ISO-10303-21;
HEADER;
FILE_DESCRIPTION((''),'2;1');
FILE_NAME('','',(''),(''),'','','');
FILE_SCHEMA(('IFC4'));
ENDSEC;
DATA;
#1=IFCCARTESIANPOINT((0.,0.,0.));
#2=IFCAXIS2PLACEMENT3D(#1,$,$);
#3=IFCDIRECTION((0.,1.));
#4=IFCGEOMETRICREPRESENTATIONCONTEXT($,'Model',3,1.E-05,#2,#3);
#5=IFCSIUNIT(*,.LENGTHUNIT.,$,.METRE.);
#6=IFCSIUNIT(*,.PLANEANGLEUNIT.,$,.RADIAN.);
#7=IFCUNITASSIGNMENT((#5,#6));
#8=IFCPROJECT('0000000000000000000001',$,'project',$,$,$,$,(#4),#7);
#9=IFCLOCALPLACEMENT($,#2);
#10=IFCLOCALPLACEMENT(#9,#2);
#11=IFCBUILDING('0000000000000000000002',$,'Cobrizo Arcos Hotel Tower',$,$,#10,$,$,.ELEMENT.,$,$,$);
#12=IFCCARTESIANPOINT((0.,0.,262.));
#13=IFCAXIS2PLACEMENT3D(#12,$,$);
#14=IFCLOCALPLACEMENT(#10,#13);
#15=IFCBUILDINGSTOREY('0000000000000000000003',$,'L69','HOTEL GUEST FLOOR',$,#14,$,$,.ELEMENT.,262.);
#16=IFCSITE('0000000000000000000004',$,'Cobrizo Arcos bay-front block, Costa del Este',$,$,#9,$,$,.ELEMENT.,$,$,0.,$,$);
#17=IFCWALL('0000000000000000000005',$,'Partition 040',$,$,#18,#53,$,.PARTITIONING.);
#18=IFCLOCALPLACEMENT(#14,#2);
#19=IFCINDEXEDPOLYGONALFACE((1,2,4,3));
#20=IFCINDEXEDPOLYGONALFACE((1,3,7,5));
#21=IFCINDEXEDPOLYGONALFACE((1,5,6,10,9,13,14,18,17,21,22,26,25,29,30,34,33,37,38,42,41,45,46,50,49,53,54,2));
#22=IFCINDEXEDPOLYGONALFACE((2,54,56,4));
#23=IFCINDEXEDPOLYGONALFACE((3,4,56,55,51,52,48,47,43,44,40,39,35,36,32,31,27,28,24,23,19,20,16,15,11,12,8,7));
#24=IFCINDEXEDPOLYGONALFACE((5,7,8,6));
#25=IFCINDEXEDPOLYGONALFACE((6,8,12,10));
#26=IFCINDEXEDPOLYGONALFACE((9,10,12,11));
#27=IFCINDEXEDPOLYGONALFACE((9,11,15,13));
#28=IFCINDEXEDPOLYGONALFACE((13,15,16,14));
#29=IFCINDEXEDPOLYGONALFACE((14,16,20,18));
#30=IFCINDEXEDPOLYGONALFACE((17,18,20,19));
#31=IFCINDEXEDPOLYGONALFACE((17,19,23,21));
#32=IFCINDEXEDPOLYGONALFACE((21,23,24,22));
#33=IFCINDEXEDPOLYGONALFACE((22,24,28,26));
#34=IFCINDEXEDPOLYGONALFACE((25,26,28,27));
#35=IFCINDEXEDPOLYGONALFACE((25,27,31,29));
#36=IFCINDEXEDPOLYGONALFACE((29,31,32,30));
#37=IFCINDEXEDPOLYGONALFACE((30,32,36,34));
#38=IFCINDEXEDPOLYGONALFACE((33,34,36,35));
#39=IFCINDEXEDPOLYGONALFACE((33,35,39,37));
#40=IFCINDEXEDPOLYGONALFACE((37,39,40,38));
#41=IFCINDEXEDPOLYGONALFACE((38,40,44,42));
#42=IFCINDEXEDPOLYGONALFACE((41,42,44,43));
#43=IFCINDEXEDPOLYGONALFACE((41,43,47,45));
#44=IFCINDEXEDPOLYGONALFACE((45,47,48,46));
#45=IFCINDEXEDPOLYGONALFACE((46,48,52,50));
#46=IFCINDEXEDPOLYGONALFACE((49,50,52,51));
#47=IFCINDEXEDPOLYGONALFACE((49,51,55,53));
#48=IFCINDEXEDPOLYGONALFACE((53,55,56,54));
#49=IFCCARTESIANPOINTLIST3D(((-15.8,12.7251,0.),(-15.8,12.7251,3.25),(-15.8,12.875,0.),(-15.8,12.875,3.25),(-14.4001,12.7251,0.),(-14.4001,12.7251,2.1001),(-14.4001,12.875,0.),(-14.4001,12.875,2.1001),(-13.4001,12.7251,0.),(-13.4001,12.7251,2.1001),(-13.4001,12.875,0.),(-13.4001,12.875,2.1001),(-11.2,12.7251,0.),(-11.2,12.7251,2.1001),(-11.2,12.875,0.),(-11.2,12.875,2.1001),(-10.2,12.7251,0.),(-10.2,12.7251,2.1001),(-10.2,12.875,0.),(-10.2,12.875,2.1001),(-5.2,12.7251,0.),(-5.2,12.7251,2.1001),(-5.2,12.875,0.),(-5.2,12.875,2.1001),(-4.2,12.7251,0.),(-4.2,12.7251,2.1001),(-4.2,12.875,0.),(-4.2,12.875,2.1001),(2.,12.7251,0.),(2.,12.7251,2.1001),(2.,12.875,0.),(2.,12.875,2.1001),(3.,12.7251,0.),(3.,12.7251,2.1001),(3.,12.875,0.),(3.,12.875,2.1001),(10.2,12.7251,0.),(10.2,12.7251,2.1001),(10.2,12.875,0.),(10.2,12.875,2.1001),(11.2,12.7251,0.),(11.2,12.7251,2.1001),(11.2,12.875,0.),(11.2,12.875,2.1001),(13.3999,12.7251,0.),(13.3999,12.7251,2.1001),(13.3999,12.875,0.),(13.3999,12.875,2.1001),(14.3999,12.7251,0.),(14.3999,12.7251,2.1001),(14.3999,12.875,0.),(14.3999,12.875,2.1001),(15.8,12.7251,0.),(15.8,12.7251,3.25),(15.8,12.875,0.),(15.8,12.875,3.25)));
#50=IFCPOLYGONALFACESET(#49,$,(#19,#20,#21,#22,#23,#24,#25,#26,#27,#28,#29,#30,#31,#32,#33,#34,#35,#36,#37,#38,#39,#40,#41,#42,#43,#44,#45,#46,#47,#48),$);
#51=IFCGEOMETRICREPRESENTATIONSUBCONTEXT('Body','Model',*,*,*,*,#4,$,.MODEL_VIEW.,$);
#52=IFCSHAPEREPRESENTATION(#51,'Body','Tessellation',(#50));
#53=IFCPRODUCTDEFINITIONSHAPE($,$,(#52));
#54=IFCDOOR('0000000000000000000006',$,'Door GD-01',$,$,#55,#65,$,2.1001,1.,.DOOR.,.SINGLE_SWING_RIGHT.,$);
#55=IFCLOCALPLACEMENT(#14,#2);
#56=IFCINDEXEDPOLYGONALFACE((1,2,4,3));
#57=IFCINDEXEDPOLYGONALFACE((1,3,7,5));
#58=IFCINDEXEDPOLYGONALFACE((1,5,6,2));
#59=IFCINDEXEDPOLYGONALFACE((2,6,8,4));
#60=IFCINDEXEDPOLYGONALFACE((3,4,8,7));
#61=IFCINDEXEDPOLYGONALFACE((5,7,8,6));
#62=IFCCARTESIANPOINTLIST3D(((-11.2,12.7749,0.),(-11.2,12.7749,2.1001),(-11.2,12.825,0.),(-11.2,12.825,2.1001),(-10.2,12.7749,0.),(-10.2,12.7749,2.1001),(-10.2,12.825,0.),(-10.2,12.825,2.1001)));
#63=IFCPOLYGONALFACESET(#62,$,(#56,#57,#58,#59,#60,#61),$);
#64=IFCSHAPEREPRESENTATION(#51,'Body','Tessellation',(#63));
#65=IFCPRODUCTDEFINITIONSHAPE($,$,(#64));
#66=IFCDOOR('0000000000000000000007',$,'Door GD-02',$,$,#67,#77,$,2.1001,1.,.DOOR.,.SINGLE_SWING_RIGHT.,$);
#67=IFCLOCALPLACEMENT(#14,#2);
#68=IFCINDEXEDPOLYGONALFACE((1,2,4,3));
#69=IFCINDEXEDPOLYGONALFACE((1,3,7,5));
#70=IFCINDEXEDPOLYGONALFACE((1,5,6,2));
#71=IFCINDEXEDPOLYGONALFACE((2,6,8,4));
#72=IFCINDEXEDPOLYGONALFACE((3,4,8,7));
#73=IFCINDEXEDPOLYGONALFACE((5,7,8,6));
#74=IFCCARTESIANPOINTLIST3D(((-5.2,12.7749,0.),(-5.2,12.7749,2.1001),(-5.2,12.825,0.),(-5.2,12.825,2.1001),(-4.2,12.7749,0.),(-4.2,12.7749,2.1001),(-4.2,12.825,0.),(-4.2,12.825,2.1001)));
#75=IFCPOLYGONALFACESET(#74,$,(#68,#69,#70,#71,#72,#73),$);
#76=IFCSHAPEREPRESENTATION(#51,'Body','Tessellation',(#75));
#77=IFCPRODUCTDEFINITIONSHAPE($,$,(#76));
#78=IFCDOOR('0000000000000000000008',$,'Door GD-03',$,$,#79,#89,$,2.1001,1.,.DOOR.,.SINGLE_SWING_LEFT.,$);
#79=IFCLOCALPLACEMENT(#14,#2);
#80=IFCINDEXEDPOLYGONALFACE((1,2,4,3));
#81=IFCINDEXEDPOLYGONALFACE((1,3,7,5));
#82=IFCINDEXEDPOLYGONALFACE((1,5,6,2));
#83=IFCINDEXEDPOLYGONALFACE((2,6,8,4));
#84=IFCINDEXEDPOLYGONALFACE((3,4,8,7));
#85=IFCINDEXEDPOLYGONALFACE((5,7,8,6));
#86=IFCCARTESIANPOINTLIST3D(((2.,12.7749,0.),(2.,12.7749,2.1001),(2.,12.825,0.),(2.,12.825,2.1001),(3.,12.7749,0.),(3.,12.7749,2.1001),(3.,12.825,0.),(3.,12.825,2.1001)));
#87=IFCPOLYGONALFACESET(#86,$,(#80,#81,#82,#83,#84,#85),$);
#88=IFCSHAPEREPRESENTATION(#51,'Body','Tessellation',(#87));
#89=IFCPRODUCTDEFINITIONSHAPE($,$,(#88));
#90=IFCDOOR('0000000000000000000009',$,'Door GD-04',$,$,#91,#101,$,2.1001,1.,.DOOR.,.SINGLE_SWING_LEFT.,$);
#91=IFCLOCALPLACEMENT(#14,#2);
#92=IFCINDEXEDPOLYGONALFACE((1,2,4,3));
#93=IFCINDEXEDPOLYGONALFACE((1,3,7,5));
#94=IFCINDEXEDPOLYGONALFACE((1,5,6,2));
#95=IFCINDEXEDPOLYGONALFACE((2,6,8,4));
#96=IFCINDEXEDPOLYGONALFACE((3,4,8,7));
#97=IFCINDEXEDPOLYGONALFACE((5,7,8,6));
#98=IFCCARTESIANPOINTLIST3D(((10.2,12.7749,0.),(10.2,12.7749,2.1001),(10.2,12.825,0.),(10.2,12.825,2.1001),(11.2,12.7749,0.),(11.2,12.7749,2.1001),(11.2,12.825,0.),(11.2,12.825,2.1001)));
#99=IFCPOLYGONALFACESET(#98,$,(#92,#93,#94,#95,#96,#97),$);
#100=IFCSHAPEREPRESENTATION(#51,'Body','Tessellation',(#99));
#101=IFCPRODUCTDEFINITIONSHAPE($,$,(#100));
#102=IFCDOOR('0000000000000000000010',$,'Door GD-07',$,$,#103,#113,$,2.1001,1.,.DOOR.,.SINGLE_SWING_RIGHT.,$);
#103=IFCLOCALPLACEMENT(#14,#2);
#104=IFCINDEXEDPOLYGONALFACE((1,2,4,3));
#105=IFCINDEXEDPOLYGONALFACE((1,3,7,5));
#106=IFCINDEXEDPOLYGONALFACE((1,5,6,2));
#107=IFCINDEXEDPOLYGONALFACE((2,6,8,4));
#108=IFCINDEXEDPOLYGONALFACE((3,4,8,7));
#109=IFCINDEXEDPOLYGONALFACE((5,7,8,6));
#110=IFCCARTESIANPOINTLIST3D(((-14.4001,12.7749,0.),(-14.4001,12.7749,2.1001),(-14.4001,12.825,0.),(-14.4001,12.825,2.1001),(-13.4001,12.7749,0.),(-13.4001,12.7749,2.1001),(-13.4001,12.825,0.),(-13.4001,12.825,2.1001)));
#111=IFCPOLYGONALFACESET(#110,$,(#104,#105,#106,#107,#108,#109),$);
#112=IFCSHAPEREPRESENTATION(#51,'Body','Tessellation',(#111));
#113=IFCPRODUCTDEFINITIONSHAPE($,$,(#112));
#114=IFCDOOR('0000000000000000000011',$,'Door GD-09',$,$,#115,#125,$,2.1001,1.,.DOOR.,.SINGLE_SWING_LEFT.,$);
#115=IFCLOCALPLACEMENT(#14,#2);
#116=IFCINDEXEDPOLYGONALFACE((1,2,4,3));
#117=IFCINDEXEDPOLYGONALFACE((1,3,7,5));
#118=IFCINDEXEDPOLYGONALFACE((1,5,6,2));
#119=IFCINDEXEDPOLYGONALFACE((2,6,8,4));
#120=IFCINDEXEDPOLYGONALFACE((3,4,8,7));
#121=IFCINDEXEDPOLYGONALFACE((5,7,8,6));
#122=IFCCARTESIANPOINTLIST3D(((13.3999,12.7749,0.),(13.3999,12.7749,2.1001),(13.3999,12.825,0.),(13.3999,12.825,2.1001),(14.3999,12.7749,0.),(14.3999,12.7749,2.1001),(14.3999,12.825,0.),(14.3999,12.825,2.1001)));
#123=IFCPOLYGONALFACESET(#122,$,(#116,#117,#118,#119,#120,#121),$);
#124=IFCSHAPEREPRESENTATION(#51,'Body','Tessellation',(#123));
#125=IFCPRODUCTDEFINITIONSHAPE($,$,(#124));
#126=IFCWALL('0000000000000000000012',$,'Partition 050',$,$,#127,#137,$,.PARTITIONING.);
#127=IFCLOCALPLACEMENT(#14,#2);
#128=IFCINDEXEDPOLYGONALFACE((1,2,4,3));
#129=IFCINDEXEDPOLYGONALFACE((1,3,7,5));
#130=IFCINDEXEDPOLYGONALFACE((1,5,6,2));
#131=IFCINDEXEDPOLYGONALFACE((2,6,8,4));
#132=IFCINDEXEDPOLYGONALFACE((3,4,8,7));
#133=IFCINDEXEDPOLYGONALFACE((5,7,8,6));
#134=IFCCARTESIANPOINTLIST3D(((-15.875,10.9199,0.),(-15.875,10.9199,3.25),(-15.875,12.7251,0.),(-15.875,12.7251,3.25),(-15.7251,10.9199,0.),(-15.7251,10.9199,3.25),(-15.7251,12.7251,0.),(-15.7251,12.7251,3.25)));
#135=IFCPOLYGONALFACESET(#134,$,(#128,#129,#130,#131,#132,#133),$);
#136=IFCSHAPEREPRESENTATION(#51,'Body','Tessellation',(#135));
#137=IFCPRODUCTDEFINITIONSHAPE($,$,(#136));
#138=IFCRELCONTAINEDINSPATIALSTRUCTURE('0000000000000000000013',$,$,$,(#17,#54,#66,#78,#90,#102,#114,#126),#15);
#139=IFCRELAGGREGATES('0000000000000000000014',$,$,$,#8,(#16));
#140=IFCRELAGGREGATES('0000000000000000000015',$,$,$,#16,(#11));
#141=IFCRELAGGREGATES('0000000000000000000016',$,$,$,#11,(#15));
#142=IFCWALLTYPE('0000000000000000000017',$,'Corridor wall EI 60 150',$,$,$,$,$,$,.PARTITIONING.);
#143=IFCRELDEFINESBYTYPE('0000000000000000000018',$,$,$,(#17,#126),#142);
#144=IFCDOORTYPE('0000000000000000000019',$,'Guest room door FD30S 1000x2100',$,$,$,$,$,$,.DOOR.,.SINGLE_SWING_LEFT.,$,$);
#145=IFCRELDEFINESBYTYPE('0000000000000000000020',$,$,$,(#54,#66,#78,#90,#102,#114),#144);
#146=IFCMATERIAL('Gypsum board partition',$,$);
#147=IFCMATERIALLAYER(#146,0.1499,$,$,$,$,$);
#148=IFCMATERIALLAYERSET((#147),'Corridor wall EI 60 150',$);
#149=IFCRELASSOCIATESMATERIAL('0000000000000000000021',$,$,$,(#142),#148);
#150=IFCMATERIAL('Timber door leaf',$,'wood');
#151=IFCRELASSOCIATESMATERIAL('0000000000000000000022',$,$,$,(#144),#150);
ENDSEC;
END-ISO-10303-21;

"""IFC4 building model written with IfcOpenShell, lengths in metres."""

from ifc_helpers import new_model, si_unit, direction, frame, frame_2d, origin, place, context, subcontext, project, spatial, rectangle, extrude, material, layer, layer_set, type_object, element, fill, save


model = new_model("IFC4")

# Units and contexts
model_context = context("Model", 3, precision=1e-05, world=origin(), true_north=direction((0.0, 1.0)))
body_context = subcontext(model_context, "Body", "Model", "MODEL_VIEW")
ifc_project = project(units=[si_unit("LENGTHUNIT", "METRE"), si_unit("PLANEANGLEUNIT", "RADIAN")], contexts=[model_context])

# Site, building, storey
site_placement = place(None, origin())
site = spatial("IfcSite", under=ifc_project, at=site_placement, Name="Cobrizo Arcos bay-front block, Costa del Este", CompositionType="ELEMENT", RefElevation=0.0)
building_placement = place(site_placement, origin())
building = spatial("IfcBuilding", under=site, at=building_placement, Name="Cobrizo Arcos Hotel Tower", CompositionType="ELEMENT")
storey_placement = place(building_placement, frame((0.0, 0.0, 262.0)))
storey = spatial("IfcBuildingStorey", under=building, at=storey_placement, Name="L69", Description="HOTEL GUEST FLOOR", CompositionType="ELEMENT", Elevation=262.0)

# Wall, openings, doors
ifc_material_1 = material(Name="Gypsum board partition")
ifc_layer_1 = layer(ifc_material_1, 0.1499)
ifc_layer_set_1 = layer_set([ifc_layer_1], Name="Corridor wall EI 60 150")
wall_type_1 = type_object("IfcWallType", Name="Corridor wall EI 60 150", PredefinedType="PARTITIONING", material=ifc_layer_set_1)
wall_1_placement = place(storey_placement, frame((-15.8, 12.8, 0.0), z_axis=(0.0, 0.0, 1.0), x_axis=(1.0, 0.0, 0.0)))
wall_1 = element("IfcWall", 1, at=wall_1_placement, inside=storey, type_object=wall_type_1, Name="Partition 040", PredefinedType="PARTITIONING", context=body_context, shape_type="SweptSolid", body=[
    extrude(rectangle(XDim=31.6001, YDim=0.1499, at=frame_2d((15.8, 0.0))), origin(), (0.0, 0.0, 1.0), 3.25),
])
opening_1_placement = place(wall_1_placement, frame((4.6001, 0.0, 0.0)))
opening_1 = element("IfcOpeningElement", 2, at=opening_1_placement, cuts=wall_1, PredefinedType="OPENING", context=body_context, shape_type="SweptSolid", body=[
    extrude(rectangle(XDim=1.0, YDim=2.1001, at=frame_2d((0.5, 1.05))), frame((0.0, 0.0869, 0.0), z_axis=(0.0, -1.0, 0.0), x_axis=(1.0, 0.0, 0.0)), (0.0, 0.0, 1.0), 0.1738),
])
opening_2_placement = place(wall_1_placement, frame((10.6001, 0.0, 0.0)))
opening_2 = element("IfcOpeningElement", 3, at=opening_2_placement, cuts=wall_1, PredefinedType="OPENING", context=body_context, shape_type="SweptSolid", body=[
    extrude(rectangle(XDim=1.0, YDim=2.1001, at=frame_2d((0.5, 1.05))), frame((0.0, 0.0869, 0.0), z_axis=(0.0, -1.0, 0.0), x_axis=(1.0, 0.0, 0.0)), (0.0, 0.0, 1.0), 0.1738),
])
opening_3_placement = place(wall_1_placement, frame((17.8, 0.0, 0.0)))
opening_3 = element("IfcOpeningElement", 4, at=opening_3_placement, cuts=wall_1, PredefinedType="OPENING", context=body_context, shape_type="SweptSolid", body=[
    extrude(rectangle(XDim=1.0, YDim=2.1001, at=frame_2d((0.5, 1.05))), frame((0.0, 0.0869, 0.0), z_axis=(0.0, -1.0, 0.0), x_axis=(1.0, 0.0, 0.0)), (0.0, 0.0, 1.0), 0.1738),
])
opening_4_placement = place(wall_1_placement, frame((26.0, 0.0, 0.0)))
opening_4 = element("IfcOpeningElement", 5, at=opening_4_placement, cuts=wall_1, PredefinedType="OPENING", context=body_context, shape_type="SweptSolid", body=[
    extrude(rectangle(XDim=1.0, YDim=2.1001, at=frame_2d((0.5, 1.05))), frame((0.0, 0.0869, 0.0), z_axis=(0.0, -1.0, 0.0), x_axis=(1.0, 0.0, 0.0)), (0.0, 0.0, 1.0), 0.1738),
])
opening_5_placement = place(wall_1_placement, frame((1.3999, 0.0, 0.0)))
opening_5 = element("IfcOpeningElement", 6, at=opening_5_placement, cuts=wall_1, PredefinedType="OPENING", context=body_context, shape_type="SweptSolid", body=[
    extrude(rectangle(XDim=1.0, YDim=2.1001, at=frame_2d((0.5, 1.05))), frame((0.0, 0.0869, 0.0), z_axis=(0.0, -1.0, 0.0), x_axis=(1.0, 0.0, 0.0)), (0.0, 0.0, 1.0), 0.1738),
])
opening_6_placement = place(wall_1_placement, frame((29.2, 0.0, 0.0)))
opening_6 = element("IfcOpeningElement", 7, at=opening_6_placement, cuts=wall_1, PredefinedType="OPENING", context=body_context, shape_type="SweptSolid", body=[
    extrude(rectangle(XDim=1.0, YDim=2.1001, at=frame_2d((0.5, 1.05))), frame((0.0, 0.0869, 0.0), z_axis=(0.0, -1.0, 0.0), x_axis=(1.0, 0.0, 0.0)), (0.0, 0.0, 1.0), 0.1738),
])
ifc_material_2 = material(Name="Timber door leaf", Category="wood")
door_type = type_object("IfcDoorType", Name="Guest room door FD30S 1000x2100", OperationType="SINGLE_SWING_LEFT", PredefinedType="DOOR", material=ifc_material_2)
door_1_placement = place(opening_1_placement, origin())
door_1 = element("IfcDoor", 8, at=door_1_placement, inside=storey, type_object=door_type, Name="Door GD-01", OperationType="SINGLE_SWING_RIGHT", OverallHeight=2.1001, OverallWidth=1.0, PredefinedType="DOOR", context=body_context, shape_type="SweptSolid", body=[
    extrude(rectangle(XDim=1.0, YDim=2.1001, at=frame_2d((0.5, 1.05))), frame((0.0, 0.0249, 0.0), z_axis=(0.0, -1.0, 0.0), x_axis=(1.0, 0.0, 0.0)), (0.0, 0.0, 1.0), 0.05),
])
fill(opening_1, door_1)
door_2_placement = place(opening_2_placement, origin())
door_2 = element("IfcDoor", 9, at=door_2_placement, inside=storey, type_object=door_type, Name="Door GD-02", OperationType="SINGLE_SWING_RIGHT", OverallHeight=2.1001, OverallWidth=1.0, PredefinedType="DOOR", context=body_context, shape_type="SweptSolid", body=[
    extrude(rectangle(XDim=1.0, YDim=2.1001, at=frame_2d((0.5, 1.05))), frame((0.0, 0.0249, 0.0), z_axis=(0.0, -1.0, 0.0), x_axis=(1.0, 0.0, 0.0)), (0.0, 0.0, 1.0), 0.05),
])
fill(opening_2, door_2)
door_3_placement = place(opening_3_placement, origin())
door_3 = element("IfcDoor", 10, at=door_3_placement, inside=storey, type_object=door_type, Name="Door GD-03", OperationType="SINGLE_SWING_LEFT", OverallHeight=2.1001, OverallWidth=1.0, PredefinedType="DOOR", context=body_context, shape_type="SweptSolid", body=[
    extrude(rectangle(XDim=1.0, YDim=2.1001, at=frame_2d((0.5, 1.05))), frame((0.0, 0.0249, 0.0), z_axis=(0.0, -1.0, 0.0), x_axis=(1.0, 0.0, 0.0)), (0.0, 0.0, 1.0), 0.05),
])
fill(opening_3, door_3)
door_4_placement = place(opening_4_placement, origin())
door_4 = element("IfcDoor", 11, at=door_4_placement, inside=storey, type_object=door_type, Name="Door GD-04", OperationType="SINGLE_SWING_LEFT", OverallHeight=2.1001, OverallWidth=1.0, PredefinedType="DOOR", context=body_context, shape_type="SweptSolid", body=[
    extrude(rectangle(XDim=1.0, YDim=2.1001, at=frame_2d((0.5, 1.05))), frame((0.0, 0.0249, 0.0), z_axis=(0.0, -1.0, 0.0), x_axis=(1.0, 0.0, 0.0)), (0.0, 0.0, 1.0), 0.05),
])
fill(opening_4, door_4)
door_5_placement = place(opening_5_placement, origin())
door_5 = element("IfcDoor", 12, at=door_5_placement, inside=storey, type_object=door_type, Name="Door GD-07", OperationType="SINGLE_SWING_RIGHT", OverallHeight=2.1001, OverallWidth=1.0, PredefinedType="DOOR", context=body_context, shape_type="SweptSolid", body=[
    extrude(rectangle(XDim=1.0, YDim=2.1001, at=frame_2d((0.5, 1.05))), frame((0.0, 0.0249, 0.0), z_axis=(0.0, -1.0, 0.0), x_axis=(1.0, 0.0, 0.0)), (0.0, 0.0, 1.0), 0.05),
])
fill(opening_5, door_5)
door_6_placement = place(opening_6_placement, origin())
door_6 = element("IfcDoor", 13, at=door_6_placement, inside=storey, type_object=door_type, Name="Door GD-09", OperationType="SINGLE_SWING_LEFT", OverallHeight=2.1001, OverallWidth=1.0, PredefinedType="DOOR", context=body_context, shape_type="SweptSolid", body=[
    extrude(rectangle(XDim=1.0, YDim=2.1001, at=frame_2d((0.5, 1.05))), frame((0.0, 0.0249, 0.0), z_axis=(0.0, -1.0, 0.0), x_axis=(1.0, 0.0, 0.0)), (0.0, 0.0, 1.0), 0.05),
])
fill(opening_6, door_6)

# Wall
wall_2_placement = place(storey_placement, frame((-15.8, 10.9199, 0.0), z_axis=(0.0, 0.0, 1.0), x_axis=(0.0, 1.0, 0.0)))
element("IfcWall", 14, at=wall_2_placement, inside=storey, type_object=wall_type_1, Name="Partition 050", PredefinedType="PARTITIONING", context=body_context, shape_type="SweptSolid", body=[
    extrude(rectangle(XDim=1.8052, YDim=0.1499, at=frame_2d((0.9026, 0.0))), origin(), (0.0, 0.0, 1.0), 3.25),
])

save(model, "model.ifc")
